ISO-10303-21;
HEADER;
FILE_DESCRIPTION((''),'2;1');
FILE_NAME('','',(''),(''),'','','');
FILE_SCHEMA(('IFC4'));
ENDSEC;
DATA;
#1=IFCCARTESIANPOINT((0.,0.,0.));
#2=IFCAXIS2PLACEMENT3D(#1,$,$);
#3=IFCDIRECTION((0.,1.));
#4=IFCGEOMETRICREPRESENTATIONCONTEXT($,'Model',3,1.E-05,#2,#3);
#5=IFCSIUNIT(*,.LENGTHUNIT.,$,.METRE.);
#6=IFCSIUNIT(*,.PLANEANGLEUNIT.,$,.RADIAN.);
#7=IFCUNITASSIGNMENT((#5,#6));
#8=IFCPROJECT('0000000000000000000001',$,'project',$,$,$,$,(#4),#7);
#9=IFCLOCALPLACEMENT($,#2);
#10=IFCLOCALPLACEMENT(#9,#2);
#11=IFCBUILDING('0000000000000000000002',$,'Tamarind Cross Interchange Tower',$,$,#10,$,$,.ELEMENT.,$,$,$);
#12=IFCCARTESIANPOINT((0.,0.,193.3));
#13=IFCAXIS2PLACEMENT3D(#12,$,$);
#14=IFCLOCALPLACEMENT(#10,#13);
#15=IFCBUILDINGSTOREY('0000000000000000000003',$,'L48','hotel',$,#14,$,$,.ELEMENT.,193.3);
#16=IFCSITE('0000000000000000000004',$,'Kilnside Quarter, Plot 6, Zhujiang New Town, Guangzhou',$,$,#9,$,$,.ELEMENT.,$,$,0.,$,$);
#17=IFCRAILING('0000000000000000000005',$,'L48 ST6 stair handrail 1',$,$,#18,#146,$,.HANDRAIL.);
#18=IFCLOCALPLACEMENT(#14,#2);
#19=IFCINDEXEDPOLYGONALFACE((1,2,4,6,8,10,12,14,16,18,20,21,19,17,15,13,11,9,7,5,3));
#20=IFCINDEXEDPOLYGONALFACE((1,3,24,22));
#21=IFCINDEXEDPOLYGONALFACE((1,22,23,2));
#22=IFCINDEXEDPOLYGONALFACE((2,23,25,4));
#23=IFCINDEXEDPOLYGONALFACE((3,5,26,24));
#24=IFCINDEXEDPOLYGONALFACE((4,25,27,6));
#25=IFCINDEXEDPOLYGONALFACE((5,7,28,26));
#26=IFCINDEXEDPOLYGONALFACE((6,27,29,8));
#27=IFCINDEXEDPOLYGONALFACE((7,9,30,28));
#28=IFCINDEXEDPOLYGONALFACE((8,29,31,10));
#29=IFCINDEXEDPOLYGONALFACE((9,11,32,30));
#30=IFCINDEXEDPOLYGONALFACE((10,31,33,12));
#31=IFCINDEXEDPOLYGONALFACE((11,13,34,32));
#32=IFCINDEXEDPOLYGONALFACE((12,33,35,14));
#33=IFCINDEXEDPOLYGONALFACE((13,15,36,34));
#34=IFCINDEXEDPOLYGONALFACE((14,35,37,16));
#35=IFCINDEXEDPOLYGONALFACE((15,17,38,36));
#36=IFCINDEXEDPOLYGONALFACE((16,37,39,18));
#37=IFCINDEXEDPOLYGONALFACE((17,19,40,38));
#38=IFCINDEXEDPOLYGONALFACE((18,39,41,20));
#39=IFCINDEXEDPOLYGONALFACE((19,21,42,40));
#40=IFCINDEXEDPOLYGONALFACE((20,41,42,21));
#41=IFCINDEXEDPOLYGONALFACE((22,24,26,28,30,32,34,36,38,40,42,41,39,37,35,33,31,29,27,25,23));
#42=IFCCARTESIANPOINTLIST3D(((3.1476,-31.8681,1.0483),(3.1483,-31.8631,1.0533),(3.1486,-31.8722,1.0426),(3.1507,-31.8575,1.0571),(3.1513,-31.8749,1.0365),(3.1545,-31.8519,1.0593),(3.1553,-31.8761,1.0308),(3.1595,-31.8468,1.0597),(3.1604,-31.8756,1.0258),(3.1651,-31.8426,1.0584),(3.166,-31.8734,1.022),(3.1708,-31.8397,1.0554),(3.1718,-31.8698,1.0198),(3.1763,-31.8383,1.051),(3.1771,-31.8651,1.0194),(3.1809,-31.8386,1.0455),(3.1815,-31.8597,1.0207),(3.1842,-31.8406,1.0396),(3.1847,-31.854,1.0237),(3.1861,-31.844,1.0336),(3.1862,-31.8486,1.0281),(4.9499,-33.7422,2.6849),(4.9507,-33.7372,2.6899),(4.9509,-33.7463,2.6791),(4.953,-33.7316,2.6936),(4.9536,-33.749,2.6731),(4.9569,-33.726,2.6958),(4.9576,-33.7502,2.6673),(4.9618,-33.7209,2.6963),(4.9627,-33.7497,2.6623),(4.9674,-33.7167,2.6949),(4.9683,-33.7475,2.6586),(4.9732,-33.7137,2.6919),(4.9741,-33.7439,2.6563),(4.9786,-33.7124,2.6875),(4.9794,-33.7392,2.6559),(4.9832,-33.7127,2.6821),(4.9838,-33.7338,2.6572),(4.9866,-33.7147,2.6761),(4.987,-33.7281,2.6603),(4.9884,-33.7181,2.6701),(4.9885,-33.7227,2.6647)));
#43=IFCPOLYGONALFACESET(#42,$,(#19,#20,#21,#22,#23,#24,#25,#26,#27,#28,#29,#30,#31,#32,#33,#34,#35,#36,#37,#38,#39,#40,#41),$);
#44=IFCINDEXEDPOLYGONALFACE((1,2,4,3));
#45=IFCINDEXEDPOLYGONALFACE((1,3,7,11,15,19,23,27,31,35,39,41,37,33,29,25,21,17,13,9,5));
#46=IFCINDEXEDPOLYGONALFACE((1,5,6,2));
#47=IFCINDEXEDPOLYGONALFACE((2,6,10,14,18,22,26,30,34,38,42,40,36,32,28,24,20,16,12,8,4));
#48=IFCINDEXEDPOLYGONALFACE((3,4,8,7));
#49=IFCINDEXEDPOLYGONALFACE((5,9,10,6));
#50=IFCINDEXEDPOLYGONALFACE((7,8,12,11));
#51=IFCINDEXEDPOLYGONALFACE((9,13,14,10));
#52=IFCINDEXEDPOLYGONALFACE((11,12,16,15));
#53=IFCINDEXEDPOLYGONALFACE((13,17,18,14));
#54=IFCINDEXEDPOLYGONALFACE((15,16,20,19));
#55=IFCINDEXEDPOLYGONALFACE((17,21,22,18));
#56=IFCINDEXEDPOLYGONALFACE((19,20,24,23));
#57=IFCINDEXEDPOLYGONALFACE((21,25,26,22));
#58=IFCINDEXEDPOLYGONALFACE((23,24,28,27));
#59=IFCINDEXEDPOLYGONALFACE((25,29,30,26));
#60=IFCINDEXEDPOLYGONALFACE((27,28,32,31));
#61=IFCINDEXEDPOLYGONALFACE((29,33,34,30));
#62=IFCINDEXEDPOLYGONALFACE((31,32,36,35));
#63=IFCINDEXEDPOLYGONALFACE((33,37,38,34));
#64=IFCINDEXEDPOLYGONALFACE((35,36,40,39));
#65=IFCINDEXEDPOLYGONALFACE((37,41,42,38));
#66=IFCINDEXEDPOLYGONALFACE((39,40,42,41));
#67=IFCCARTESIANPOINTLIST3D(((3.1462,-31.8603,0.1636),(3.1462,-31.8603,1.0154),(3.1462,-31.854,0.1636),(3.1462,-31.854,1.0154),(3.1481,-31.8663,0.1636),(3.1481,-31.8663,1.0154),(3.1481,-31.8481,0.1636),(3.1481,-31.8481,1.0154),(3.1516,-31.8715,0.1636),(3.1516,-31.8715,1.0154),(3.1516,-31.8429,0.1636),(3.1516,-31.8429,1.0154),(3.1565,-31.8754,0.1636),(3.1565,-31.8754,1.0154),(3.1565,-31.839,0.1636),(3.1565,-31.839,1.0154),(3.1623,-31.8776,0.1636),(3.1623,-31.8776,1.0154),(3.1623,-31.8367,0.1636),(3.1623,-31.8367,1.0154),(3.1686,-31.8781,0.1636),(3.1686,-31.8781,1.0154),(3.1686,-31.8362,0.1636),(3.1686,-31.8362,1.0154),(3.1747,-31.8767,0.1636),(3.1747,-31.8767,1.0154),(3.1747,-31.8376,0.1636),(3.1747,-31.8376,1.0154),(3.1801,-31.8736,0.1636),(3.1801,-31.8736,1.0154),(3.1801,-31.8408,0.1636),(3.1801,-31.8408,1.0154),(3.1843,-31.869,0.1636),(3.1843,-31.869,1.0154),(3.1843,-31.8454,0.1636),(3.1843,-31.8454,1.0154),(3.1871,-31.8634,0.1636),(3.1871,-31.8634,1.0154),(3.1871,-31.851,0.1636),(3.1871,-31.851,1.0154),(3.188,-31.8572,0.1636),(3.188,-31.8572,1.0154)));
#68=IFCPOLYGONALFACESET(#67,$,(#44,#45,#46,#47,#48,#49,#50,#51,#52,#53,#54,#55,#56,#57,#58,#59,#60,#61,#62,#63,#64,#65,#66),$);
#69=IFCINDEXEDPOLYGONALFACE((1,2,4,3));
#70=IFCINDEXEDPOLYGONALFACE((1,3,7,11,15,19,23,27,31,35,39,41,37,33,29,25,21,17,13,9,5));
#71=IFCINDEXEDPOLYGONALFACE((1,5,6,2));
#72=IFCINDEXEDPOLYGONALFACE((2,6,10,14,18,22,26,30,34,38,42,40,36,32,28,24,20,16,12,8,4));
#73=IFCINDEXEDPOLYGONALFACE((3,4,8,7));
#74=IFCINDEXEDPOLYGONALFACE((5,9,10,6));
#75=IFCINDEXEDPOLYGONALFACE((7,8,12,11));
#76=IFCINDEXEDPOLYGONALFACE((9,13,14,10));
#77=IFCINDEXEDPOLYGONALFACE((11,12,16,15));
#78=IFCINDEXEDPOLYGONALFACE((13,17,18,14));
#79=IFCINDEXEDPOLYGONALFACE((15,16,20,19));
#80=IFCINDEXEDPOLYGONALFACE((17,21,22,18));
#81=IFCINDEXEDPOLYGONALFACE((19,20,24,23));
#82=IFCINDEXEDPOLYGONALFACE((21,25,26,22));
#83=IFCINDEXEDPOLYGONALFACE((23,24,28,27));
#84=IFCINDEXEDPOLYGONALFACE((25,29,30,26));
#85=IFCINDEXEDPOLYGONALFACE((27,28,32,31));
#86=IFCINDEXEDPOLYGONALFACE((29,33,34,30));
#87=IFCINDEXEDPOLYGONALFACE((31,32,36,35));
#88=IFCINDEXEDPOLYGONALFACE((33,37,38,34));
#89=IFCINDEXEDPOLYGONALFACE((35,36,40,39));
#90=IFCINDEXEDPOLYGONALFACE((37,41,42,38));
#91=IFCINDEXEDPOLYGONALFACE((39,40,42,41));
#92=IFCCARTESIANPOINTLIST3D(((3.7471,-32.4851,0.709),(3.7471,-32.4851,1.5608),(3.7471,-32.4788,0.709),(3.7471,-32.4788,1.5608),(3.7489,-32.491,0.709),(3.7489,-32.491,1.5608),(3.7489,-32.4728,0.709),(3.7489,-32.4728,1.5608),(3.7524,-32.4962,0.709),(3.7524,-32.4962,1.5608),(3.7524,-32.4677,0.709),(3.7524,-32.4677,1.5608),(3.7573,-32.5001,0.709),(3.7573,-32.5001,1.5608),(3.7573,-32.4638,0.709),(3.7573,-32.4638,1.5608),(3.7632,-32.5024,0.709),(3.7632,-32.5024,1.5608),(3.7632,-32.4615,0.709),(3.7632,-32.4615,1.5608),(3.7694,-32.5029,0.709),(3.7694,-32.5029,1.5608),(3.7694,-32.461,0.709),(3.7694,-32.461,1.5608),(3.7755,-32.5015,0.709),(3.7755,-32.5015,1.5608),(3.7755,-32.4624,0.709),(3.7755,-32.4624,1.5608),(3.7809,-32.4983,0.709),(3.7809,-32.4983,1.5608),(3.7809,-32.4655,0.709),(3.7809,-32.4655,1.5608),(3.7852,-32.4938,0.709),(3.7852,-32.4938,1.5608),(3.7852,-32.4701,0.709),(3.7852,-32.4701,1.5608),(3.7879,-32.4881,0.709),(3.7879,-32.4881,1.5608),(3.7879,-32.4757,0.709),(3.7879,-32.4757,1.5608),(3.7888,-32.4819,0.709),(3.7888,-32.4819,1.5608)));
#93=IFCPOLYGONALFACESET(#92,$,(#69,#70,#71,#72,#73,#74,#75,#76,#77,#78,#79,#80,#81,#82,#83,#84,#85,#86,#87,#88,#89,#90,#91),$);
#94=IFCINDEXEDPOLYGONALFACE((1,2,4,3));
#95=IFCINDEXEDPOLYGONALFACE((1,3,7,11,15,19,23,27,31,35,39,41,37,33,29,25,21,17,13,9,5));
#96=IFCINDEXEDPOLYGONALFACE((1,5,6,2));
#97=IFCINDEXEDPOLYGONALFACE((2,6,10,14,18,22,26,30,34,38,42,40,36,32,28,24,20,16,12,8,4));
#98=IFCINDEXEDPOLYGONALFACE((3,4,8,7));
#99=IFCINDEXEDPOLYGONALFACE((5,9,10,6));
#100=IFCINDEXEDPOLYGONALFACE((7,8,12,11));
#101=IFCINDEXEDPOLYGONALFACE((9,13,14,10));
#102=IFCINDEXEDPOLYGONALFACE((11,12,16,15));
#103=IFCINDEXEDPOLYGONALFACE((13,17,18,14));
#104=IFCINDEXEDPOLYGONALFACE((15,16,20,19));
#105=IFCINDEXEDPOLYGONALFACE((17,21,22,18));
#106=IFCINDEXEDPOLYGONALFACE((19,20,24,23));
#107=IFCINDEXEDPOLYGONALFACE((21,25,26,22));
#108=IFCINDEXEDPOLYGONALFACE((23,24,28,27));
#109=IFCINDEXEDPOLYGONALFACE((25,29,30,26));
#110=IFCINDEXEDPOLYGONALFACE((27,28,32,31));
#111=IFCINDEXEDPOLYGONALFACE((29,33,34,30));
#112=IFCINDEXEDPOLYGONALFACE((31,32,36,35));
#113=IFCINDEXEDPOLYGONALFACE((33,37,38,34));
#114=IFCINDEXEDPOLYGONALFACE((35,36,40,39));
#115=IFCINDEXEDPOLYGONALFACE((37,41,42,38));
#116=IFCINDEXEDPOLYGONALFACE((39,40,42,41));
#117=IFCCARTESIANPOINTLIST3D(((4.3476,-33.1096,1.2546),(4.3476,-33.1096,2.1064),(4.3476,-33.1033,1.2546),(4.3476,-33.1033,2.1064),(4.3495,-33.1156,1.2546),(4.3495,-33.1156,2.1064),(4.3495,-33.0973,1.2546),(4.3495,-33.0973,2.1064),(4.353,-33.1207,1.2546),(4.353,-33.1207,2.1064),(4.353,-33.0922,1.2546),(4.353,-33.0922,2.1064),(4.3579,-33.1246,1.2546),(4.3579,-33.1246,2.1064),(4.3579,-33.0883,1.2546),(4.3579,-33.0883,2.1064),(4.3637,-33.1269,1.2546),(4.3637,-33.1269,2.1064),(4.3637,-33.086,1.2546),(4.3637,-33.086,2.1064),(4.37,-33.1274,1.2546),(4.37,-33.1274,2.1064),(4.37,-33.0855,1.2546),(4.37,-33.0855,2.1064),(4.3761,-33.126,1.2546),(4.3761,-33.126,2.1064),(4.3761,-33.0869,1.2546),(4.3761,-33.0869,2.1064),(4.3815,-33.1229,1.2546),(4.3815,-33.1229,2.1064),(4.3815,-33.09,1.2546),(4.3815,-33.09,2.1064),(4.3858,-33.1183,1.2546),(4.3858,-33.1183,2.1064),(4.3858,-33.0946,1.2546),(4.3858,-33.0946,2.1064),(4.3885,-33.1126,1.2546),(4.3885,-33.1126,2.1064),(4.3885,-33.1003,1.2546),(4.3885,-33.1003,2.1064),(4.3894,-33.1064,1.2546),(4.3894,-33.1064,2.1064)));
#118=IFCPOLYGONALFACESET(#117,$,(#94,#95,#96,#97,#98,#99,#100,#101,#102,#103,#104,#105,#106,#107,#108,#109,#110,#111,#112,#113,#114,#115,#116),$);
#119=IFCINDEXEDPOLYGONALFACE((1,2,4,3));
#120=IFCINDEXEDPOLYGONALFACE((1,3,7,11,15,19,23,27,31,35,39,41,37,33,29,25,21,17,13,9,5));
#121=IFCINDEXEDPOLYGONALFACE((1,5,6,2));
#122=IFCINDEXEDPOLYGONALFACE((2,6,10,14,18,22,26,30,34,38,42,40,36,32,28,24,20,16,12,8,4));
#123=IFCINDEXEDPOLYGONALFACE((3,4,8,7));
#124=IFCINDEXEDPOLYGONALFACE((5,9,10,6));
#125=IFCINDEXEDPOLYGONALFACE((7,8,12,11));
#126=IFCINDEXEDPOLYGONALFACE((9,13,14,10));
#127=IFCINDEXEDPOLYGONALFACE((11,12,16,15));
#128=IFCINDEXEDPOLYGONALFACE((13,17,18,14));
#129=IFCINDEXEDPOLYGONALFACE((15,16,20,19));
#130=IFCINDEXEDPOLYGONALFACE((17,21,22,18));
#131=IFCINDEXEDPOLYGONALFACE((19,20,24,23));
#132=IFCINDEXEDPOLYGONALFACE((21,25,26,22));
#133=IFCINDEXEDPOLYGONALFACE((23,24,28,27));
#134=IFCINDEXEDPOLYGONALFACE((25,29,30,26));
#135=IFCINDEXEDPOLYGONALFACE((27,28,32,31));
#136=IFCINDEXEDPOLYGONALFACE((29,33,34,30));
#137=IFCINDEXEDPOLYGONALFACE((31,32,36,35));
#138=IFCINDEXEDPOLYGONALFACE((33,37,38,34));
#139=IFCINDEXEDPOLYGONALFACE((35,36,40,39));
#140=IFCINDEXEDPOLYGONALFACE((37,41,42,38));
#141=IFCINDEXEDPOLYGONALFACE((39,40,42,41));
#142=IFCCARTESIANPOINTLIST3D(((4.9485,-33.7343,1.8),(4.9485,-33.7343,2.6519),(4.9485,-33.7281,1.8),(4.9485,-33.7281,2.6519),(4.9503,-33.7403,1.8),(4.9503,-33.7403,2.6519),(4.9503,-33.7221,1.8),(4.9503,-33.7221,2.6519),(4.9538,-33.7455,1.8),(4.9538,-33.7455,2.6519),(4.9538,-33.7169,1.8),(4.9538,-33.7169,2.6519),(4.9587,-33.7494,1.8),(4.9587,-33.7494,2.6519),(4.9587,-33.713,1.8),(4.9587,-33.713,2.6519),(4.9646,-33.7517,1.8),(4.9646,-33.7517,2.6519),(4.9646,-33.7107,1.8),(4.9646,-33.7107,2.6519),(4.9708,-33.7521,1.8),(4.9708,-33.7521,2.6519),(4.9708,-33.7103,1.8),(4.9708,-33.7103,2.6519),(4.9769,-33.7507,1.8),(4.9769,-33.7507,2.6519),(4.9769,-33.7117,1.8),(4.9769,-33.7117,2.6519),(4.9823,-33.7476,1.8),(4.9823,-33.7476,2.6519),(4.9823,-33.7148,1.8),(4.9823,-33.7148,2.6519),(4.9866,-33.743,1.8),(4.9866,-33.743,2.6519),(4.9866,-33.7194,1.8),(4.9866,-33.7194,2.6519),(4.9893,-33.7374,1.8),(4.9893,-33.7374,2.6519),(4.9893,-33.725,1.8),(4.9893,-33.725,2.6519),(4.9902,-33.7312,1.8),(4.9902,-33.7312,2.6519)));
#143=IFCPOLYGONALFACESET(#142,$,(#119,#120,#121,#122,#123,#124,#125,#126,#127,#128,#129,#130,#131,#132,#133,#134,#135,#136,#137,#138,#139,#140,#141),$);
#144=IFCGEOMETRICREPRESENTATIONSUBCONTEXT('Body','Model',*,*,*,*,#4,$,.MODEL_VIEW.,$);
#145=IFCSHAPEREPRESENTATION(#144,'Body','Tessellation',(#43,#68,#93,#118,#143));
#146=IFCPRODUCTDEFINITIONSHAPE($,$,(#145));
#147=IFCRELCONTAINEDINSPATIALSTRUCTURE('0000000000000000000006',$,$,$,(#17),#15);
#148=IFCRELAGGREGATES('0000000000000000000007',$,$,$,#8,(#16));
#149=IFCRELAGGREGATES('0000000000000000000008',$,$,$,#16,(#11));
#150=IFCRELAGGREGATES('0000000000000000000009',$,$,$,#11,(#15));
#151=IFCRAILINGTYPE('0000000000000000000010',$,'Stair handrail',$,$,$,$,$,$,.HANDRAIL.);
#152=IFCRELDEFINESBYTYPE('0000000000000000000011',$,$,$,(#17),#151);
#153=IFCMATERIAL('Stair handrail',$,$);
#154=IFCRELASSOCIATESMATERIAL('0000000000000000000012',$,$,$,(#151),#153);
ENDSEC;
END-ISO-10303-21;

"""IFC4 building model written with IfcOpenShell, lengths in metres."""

from ifc_helpers import new_model, si_unit, direction, frame, origin, origin_2d, place, context, subcontext, project, spatial, circle, extrude, material, type_object, element, save


model = new_model("IFC4")

# Units and contexts
model_context = context("Model", 3, precision=1e-05, world=origin(), true_north=direction((0.0, 1.0)))
body_context = subcontext(model_context, "Body", "Model", "MODEL_VIEW")
ifc_project = project(units=[si_unit("LENGTHUNIT", "METRE"), si_unit("PLANEANGLEUNIT", "RADIAN")], contexts=[model_context])

# Site, building, storey
site_placement = place(None, origin())
site = spatial("IfcSite", under=ifc_project, at=site_placement, Name="Kilnside Quarter, Plot 6, Zhujiang New Town, Guangzhou", CompositionType="ELEMENT", RefElevation=0.0)
building_placement = place(site_placement, origin())
building = spatial("IfcBuilding", under=site, at=building_placement, Name="Tamarind Cross Interchange Tower", CompositionType="ELEMENT")
storey_placement = place(building_placement, frame((0.0, 0.0, 193.3)))
storey = spatial("IfcBuildingStorey", under=building, at=storey_placement, Name="L48", Description="hotel", CompositionType="ELEMENT", Elevation=193.3)

# Railing
ifc_material_1 = material(Name="Stair handrail")
railing_type_1 = type_object("IfcRailingType", Name="Stair handrail", PredefinedType="HANDRAIL", material=ifc_material_1)
railing_1_placement = place(storey_placement, frame((3.167, -31.8572, 0.1636)))
element("IfcRailing", 1, at=railing_1_placement, inside=storey, type_object=railing_type_1, Name="L48 ST6 stair handrail 1", PredefinedType="HANDRAIL", context=body_context, shape_type="SweptSolid", body=[
    extrude(circle(Radius=0.0239, at=origin_2d()), frame((0.0, 0.0, 0.876), z_axis=(0.58664, -0.610004, 0.532681), x_axis=(0.720775, 0.693169, 0.0)), (0.0, 0.0, 1.0), 3.0723),
    extrude(circle(Radius=0.021, at=origin_2d()), origin(), (0.0, 0.0, 1.0), 0.8518),
    extrude(circle(Radius=0.021, at=origin_2d()), frame((0.6008, -0.6248, 0.5454)), (0.0, 0.0, 1.0), 0.8518),
    extrude(circle(Radius=0.021, at=origin_2d()), frame((1.2014, -1.2493, 1.0911)), (0.0, 0.0, 1.0), 0.8518),
    extrude(circle(Radius=0.021, at=origin_2d()), frame((1.8022, -1.874, 1.6365)), (0.0, 0.0, 1.0), 0.8518),
])

save(model, "model.ifc")
